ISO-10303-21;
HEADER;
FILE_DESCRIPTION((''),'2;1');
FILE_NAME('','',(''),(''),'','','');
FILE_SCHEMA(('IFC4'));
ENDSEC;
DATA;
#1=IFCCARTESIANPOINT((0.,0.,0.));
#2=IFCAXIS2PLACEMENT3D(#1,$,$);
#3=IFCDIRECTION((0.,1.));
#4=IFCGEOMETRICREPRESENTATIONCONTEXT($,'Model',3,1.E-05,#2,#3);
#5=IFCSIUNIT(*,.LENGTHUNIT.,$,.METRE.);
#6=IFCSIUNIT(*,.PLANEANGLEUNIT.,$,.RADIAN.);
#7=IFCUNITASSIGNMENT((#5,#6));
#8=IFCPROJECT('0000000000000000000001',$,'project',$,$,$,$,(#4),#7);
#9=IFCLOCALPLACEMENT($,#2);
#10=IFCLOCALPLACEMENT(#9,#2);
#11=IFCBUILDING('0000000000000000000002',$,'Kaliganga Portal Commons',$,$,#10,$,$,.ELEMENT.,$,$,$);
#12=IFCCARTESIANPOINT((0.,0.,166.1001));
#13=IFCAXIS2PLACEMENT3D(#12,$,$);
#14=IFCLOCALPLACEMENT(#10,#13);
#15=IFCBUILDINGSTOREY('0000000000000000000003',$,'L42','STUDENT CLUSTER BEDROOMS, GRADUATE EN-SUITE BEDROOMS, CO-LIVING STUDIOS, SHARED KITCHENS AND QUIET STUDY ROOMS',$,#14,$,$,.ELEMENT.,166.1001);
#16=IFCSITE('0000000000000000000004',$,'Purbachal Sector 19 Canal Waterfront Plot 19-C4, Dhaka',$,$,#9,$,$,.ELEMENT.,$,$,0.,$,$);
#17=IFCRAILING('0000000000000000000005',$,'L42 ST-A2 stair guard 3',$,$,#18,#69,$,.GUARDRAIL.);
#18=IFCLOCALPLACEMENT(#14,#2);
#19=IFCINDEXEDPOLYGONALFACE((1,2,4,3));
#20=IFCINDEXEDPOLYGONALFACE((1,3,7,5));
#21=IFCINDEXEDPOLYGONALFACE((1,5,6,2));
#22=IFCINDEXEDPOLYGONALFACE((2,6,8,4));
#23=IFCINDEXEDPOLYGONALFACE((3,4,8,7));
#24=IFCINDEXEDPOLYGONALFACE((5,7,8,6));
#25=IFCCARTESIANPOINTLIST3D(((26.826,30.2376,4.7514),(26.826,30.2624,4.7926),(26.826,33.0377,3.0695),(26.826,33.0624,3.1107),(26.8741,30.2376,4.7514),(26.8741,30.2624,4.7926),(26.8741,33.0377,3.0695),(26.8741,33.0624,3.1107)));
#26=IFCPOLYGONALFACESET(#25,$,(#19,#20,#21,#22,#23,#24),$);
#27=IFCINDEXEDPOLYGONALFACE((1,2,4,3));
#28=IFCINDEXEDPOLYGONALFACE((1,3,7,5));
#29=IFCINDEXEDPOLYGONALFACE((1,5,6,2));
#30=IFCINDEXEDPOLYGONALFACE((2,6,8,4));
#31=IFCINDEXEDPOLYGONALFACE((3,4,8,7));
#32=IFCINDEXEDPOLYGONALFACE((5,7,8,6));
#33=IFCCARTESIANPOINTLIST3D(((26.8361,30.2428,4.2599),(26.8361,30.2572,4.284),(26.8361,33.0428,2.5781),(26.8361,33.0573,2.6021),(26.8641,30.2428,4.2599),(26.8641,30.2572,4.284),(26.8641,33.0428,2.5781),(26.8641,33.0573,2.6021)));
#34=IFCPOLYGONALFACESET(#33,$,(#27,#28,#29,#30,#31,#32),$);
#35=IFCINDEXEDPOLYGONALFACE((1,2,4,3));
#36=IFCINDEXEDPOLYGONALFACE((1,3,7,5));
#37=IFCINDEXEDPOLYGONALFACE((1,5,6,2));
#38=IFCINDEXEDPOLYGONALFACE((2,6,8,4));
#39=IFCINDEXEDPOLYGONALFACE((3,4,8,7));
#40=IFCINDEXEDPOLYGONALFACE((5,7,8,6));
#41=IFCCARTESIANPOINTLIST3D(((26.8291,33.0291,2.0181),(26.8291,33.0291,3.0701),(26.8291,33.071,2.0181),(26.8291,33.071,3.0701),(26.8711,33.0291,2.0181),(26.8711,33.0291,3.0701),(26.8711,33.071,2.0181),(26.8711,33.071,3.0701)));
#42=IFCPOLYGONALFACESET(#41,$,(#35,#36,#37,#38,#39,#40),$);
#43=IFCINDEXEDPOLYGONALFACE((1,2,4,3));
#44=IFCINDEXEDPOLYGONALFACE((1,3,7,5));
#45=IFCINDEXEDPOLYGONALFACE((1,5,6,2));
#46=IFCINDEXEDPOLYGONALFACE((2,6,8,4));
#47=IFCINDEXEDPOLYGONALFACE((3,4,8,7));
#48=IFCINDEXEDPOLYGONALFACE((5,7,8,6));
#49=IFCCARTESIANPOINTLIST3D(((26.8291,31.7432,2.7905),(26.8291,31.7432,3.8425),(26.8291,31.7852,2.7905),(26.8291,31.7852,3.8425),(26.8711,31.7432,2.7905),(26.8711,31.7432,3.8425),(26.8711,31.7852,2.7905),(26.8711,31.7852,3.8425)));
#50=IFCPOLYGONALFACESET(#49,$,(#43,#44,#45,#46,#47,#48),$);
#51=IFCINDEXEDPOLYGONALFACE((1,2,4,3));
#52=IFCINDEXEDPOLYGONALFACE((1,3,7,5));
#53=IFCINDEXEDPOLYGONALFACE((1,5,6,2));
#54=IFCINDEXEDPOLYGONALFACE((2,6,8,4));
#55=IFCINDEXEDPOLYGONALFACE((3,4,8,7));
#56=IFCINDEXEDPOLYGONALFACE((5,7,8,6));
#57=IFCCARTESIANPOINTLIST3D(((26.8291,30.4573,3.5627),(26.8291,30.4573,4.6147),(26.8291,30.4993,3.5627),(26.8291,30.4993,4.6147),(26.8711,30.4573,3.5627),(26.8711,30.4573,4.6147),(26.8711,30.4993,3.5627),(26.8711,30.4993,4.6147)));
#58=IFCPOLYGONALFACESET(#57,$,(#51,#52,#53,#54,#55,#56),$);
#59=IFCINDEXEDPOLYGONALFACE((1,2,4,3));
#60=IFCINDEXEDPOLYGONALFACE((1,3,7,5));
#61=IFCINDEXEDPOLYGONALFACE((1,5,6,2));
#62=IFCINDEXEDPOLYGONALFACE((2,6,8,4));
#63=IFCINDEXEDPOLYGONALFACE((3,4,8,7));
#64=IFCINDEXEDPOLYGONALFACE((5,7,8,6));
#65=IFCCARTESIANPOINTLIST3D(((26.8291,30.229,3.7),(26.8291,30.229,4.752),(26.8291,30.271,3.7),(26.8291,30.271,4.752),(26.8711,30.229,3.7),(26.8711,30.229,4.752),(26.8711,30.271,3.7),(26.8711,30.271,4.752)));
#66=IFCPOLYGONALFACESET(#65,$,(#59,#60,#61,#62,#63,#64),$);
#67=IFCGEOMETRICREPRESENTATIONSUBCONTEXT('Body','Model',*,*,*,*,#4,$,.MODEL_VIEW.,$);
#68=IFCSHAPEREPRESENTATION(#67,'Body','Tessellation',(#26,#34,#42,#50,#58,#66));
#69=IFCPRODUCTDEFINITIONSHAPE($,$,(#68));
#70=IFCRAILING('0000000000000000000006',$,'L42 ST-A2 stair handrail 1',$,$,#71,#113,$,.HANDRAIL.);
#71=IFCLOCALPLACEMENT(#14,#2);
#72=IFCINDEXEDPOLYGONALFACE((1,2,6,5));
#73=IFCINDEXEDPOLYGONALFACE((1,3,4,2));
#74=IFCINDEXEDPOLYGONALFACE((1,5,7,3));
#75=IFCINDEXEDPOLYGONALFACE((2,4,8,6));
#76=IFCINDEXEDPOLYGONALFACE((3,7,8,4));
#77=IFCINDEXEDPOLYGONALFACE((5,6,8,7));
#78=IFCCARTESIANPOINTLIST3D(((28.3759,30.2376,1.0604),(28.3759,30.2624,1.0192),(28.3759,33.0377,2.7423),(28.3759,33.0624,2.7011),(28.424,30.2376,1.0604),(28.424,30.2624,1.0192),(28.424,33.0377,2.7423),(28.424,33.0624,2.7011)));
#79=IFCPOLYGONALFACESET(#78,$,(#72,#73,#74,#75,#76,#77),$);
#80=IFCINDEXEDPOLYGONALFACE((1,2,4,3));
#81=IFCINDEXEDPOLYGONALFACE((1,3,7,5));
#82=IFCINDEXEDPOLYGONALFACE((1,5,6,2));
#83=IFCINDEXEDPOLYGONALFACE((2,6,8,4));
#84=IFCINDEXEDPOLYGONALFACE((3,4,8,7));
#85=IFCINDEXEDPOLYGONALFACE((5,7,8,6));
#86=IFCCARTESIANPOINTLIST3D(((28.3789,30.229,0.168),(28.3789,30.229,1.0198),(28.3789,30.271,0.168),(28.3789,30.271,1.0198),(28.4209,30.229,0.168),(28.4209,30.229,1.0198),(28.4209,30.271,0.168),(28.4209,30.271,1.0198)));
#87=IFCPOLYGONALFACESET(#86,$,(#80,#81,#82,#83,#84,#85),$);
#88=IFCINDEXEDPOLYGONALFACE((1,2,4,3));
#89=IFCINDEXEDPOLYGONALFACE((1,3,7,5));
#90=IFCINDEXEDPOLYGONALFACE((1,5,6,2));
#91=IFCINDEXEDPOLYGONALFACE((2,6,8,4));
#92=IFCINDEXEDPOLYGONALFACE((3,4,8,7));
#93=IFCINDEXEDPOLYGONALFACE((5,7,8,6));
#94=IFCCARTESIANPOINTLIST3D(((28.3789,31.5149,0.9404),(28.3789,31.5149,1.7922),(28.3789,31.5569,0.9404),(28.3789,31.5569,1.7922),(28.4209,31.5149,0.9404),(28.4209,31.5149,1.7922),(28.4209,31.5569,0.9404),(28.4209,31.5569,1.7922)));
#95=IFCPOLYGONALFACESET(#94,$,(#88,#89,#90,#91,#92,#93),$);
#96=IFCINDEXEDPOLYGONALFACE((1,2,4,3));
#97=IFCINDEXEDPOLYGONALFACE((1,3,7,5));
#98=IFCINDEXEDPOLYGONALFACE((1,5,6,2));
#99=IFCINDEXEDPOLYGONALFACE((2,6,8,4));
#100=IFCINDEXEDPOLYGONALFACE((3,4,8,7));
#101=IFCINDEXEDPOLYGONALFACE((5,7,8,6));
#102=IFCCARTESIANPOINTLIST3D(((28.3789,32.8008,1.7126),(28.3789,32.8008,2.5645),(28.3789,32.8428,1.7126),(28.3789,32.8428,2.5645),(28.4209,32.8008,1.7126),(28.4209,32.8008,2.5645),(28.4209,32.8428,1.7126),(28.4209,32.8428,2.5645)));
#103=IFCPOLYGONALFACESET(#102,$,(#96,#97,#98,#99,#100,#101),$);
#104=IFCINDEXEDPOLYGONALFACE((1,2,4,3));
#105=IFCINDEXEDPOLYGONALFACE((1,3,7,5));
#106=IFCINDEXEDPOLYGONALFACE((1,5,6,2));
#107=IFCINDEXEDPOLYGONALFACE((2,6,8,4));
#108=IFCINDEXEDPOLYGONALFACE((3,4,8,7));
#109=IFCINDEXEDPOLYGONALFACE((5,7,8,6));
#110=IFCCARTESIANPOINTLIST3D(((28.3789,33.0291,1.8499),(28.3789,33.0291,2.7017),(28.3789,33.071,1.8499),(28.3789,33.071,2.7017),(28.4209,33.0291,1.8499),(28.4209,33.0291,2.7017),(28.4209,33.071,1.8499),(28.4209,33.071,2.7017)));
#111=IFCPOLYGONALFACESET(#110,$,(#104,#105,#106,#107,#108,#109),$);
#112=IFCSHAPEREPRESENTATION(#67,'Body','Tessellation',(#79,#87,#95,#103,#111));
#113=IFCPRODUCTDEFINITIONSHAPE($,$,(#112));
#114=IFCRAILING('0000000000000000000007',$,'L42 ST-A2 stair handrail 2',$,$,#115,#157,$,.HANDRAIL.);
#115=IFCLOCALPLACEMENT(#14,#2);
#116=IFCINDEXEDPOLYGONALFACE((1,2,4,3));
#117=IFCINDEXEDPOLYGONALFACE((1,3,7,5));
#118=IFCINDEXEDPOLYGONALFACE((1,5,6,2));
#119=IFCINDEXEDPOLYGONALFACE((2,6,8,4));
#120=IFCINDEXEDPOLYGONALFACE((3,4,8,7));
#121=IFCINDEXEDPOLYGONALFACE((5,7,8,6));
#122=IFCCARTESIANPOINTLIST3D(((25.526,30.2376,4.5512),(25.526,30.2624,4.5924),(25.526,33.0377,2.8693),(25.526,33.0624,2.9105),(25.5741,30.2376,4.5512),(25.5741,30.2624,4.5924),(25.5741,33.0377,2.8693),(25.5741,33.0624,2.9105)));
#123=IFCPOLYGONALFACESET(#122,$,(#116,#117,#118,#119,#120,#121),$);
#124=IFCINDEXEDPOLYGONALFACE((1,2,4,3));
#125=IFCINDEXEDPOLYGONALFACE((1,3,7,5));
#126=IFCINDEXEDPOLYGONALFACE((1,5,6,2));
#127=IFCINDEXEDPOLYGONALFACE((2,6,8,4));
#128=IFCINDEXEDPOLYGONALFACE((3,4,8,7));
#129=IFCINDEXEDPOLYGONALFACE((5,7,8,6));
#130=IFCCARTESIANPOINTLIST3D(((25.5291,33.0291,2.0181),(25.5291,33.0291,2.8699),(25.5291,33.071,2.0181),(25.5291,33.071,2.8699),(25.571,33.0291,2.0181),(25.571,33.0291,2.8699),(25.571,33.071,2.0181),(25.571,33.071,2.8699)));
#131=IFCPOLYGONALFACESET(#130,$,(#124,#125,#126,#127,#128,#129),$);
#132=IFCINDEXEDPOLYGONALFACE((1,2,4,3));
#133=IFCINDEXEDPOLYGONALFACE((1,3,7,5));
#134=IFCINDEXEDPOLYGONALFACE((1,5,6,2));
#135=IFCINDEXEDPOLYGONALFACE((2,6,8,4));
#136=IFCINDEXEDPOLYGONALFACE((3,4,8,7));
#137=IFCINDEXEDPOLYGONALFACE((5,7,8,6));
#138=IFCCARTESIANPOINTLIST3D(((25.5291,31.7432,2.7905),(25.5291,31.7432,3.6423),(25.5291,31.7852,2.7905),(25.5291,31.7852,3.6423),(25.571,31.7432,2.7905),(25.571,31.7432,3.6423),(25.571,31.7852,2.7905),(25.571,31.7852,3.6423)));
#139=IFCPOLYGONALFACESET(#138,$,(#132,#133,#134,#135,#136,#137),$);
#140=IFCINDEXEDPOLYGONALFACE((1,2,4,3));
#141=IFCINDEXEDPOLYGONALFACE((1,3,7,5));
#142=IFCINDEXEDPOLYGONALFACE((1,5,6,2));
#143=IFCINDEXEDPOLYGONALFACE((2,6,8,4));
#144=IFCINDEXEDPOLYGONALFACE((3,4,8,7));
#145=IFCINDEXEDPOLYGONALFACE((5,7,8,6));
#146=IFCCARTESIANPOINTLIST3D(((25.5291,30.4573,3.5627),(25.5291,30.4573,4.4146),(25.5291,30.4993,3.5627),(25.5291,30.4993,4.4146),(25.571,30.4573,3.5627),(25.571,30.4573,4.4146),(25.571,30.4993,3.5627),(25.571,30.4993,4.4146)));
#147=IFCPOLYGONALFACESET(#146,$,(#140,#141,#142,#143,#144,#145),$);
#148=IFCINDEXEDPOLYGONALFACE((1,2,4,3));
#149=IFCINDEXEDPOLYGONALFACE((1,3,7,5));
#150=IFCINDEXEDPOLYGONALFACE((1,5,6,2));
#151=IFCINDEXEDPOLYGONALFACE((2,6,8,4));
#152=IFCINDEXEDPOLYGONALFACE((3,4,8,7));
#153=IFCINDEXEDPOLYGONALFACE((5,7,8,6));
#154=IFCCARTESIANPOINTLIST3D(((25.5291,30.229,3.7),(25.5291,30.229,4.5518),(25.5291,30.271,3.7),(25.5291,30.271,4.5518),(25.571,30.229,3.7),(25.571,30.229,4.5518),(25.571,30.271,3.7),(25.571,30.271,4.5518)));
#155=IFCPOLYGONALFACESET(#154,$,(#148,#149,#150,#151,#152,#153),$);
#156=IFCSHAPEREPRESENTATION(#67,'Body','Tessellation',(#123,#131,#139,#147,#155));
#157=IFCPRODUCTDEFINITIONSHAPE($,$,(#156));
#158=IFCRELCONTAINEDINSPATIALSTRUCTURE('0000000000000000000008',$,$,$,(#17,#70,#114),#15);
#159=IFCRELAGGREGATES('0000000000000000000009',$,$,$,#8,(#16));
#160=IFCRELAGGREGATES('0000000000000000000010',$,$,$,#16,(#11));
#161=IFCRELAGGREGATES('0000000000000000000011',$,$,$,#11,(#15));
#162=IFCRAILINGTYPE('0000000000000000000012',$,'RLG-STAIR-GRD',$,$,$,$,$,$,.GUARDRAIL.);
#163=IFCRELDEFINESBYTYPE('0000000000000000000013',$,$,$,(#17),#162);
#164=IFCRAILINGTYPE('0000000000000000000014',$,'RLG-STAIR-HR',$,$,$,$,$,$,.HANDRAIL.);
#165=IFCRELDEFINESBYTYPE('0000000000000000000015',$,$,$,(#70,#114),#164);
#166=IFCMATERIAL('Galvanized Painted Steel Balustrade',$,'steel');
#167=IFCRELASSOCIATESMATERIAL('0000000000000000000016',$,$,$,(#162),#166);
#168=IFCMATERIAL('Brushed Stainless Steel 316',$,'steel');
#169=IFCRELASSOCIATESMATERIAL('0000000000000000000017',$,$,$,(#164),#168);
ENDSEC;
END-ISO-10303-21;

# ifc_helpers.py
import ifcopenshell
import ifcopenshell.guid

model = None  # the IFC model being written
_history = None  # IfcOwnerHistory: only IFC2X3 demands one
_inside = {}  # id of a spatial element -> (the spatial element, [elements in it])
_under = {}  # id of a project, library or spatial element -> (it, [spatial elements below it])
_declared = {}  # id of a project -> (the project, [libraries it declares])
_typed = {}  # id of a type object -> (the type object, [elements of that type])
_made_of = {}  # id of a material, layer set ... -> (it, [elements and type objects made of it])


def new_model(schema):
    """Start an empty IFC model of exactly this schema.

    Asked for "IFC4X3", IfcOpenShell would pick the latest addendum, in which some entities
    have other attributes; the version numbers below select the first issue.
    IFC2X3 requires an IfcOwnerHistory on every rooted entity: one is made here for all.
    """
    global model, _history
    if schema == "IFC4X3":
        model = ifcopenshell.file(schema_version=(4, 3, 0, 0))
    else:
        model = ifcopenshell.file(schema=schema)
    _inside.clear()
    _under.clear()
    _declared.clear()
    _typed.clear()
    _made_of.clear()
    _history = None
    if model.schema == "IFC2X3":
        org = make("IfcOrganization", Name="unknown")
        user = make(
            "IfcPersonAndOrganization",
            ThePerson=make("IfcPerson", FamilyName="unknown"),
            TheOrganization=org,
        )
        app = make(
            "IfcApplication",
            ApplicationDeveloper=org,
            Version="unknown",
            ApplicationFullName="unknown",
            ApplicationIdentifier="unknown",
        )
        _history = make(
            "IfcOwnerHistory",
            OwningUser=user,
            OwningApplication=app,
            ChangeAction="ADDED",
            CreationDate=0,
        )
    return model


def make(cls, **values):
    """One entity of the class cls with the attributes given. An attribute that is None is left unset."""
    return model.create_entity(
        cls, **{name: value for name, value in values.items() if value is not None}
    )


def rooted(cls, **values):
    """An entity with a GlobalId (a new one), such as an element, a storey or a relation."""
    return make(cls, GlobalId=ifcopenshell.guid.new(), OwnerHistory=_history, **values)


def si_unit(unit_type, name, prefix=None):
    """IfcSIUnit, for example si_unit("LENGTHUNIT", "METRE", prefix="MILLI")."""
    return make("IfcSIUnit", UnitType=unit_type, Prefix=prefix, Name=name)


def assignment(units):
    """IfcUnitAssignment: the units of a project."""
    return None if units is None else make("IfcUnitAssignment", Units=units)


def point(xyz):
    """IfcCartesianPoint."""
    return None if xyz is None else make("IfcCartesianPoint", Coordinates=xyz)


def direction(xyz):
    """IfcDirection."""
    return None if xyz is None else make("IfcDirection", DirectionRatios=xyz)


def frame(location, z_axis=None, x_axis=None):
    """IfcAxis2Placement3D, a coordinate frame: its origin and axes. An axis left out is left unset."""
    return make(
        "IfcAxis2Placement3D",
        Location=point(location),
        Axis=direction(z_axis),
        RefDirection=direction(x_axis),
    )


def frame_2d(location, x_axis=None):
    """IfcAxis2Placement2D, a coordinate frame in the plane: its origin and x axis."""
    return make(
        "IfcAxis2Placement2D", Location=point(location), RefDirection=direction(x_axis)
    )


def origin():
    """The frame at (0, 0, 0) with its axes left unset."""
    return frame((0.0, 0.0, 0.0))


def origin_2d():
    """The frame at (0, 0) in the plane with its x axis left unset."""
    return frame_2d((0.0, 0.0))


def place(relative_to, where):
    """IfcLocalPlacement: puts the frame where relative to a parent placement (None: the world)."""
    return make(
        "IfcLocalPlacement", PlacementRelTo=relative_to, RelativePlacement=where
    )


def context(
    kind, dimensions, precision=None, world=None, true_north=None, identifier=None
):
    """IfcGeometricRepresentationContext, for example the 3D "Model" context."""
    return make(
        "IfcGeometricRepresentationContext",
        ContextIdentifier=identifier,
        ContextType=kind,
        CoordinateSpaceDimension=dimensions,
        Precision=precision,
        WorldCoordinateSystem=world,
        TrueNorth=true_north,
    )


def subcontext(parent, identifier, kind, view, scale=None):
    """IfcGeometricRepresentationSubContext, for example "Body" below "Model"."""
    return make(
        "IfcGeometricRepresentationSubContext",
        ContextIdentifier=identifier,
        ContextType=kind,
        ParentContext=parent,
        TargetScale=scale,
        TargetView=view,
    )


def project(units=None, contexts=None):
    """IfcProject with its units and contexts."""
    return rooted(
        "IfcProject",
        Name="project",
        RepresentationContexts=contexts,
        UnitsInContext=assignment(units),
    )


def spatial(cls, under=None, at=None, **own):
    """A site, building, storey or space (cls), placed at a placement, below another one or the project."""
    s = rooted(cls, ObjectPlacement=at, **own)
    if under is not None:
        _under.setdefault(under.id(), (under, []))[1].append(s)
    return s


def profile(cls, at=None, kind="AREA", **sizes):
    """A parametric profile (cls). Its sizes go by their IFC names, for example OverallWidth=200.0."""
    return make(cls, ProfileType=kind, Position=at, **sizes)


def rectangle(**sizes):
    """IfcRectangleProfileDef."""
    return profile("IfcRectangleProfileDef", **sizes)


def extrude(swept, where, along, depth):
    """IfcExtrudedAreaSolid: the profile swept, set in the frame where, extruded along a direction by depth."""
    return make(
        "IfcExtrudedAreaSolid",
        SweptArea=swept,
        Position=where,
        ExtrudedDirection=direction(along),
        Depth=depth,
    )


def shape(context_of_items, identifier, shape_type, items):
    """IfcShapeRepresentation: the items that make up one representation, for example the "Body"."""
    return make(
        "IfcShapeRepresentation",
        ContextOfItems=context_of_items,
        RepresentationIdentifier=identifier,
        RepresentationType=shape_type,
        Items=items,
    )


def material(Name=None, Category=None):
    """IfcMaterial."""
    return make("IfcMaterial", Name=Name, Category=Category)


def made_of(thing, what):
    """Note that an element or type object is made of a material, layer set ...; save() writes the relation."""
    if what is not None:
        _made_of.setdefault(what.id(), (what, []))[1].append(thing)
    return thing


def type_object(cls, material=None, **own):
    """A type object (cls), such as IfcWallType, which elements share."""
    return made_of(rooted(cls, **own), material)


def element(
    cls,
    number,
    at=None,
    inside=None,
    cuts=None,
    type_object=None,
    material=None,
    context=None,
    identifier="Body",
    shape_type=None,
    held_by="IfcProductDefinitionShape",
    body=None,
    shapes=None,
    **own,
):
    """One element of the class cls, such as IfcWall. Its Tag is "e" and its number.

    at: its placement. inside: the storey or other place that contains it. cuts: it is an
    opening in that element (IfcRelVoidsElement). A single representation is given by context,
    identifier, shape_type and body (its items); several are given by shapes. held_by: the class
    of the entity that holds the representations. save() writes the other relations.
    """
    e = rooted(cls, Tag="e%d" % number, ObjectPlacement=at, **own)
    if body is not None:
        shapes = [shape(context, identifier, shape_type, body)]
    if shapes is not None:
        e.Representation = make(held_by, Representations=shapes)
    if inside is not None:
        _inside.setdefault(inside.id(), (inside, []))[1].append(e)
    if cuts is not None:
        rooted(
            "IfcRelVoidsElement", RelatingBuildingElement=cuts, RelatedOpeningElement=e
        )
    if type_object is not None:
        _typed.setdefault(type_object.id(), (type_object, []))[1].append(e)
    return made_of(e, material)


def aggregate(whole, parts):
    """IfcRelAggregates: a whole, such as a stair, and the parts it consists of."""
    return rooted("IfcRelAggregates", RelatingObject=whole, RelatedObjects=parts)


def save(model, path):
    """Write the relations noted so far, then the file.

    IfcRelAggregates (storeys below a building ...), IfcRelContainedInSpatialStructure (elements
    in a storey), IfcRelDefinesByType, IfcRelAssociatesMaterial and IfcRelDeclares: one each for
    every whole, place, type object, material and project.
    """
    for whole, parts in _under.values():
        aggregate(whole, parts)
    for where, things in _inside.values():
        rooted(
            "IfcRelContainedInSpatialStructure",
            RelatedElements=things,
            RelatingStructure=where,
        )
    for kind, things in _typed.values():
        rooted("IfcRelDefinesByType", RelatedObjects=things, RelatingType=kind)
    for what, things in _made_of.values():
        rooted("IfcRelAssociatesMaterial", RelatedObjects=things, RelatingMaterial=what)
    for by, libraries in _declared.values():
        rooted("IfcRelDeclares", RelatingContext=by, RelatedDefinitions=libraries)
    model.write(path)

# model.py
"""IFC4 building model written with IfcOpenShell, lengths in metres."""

from ifc_helpers import new_model, si_unit, direction, frame, origin, origin_2d, place, context, subcontext, project, spatial, rectangle, extrude, material, type_object, element, save


model = new_model("IFC4")

# Units and contexts
model_context = context("Model", 3, precision=1e-05, world=origin(), true_north=direction((0.0, 1.0)))
body_context = subcontext(model_context, "Body", "Model", "MODEL_VIEW")
ifc_project = project(units=[si_unit("LENGTHUNIT", "METRE"), si_unit("PLANEANGLEUNIT", "RADIAN")], contexts=[model_context])

# Site, building, storey
site_placement = place(None, origin())
site = spatial("IfcSite", under=ifc_project, at=site_placement, Name="Purbachal Sector 19 Canal Waterfront Plot 19-C4, Dhaka", CompositionType="ELEMENT", RefElevation=0.0)
building_placement = place(site_placement, origin())
building = spatial("IfcBuilding", under=site, at=building_placement, Name="Kaliganga Portal Commons", CompositionType="ELEMENT")
storey_placement = place(building_placement, frame((0.0, 0.0, 166.1001)))
storey = spatial("IfcBuildingStorey", under=building, at=storey_placement, Name="L42", Description="STUDENT CLUSTER BEDROOMS, GRADUATE EN-SUITE BEDROOMS, CO-LIVING STUDIOS, SHARED KITCHENS AND QUIET STUDY ROOMS", CompositionType="ELEMENT", Elevation=166.1001)

# Railings
ifc_material_1 = material(Name="Galvanized Painted Steel Balustrade", Category="steel")
railing_type_1 = type_object("IfcRailingType", Name="RLG-STAIR-GRD", PredefinedType="GUARDRAIL", material=ifc_material_1)
railing_1_placement = place(storey_placement, frame((26.8501, 33.05, 2.0181)))
element("IfcRailing", 1, at=railing_1_placement, inside=storey, type_object=railing_type_1, Name="L42 ST-A2 stair guard 3", PredefinedType="GUARDRAIL", context=body_context, shape_type="SweptSolid", body=[
    extrude(rectangle(XDim=0.0481, YDim=0.0481, at=origin_2d()), frame((0.0, 0.0, 1.072), z_axis=(0.0, -0.857242, 0.514913), x_axis=(1.0, 0.0, 0.0)), (0.0, 0.0, 1.0), 3.2664),
    extrude(rectangle(XDim=0.0281, YDim=0.0281, at=origin_2d()), frame((0.0, 0.0, 0.572), z_axis=(0.0, -0.857242, 0.514913), x_axis=(1.0, 0.0, 0.0)), (0.0, 0.0, 1.0), 3.2664),
    extrude(rectangle(XDim=0.042, YDim=0.042, at=origin_2d()), origin(), (0.0, 0.0, 1.0), 1.052),
    extrude(rectangle(XDim=0.042, YDim=0.042, at=origin_2d()), frame((0.0, -1.2859, 0.7725)), (0.0, 0.0, 1.0), 1.052),
    extrude(rectangle(XDim=0.042, YDim=0.042, at=origin_2d()), frame((0.0, -2.5718, 1.5447)), (0.0, 0.0, 1.0), 1.052),
    extrude(rectangle(XDim=0.042, YDim=0.042, at=origin_2d()), frame((0.0, -2.8, 1.6819)), (0.0, 0.0, 1.0), 1.052),
])
ifc_material_2 = material(Name="Brushed Stainless Steel 316", Category="steel")
railing_type_2 = type_object("IfcRailingType", Name="RLG-STAIR-HR", PredefinedType="HANDRAIL", material=ifc_material_2)
railing_2_placement = place(storey_placement, frame((28.3999, 30.25, 0.168)))
element("IfcRailing", 2, at=railing_2_placement, inside=storey, type_object=railing_type_2, Name="L42 ST-A2 stair handrail 1", PredefinedType="HANDRAIL", context=body_context, shape_type="SweptSolid", body=[
    extrude(rectangle(XDim=0.0481, YDim=0.0481, at=origin_2d()), frame((0.0, 0.0, 0.8718), z_axis=(0.0, 0.857242, 0.514913), x_axis=(-1.0, 0.0, 0.0)), (0.0, 0.0, 1.0), 3.2664),
    extrude(rectangle(XDim=0.042, YDim=0.042, at=origin_2d()), origin(), (0.0, 0.0, 1.0), 0.8518),
    extrude(rectangle(XDim=0.042, YDim=0.042, at=origin_2d()), frame((0.0, 1.2859, 0.7725)), (0.0, 0.0, 1.0), 0.8518),
    extrude(rectangle(XDim=0.042, YDim=0.042, at=origin_2d()), frame((0.0, 2.5718, 1.5447)), (0.0, 0.0, 1.0), 0.8518),
    extrude(rectangle(XDim=0.042, YDim=0.042, at=origin_2d()), frame((0.0, 2.8, 1.6819)), (0.0, 0.0, 1.0), 0.8518),
])
railing_3_placement = place(storey_placement, frame((25.55, 33.05, 2.0181)))
element("IfcRailing", 3, at=railing_3_placement, inside=storey, type_object=railing_type_2, Name="L42 ST-A2 stair handrail 2", PredefinedType="HANDRAIL", context=body_context, shape_type="SweptSolid", body=[
    extrude(rectangle(XDim=0.0481, YDim=0.0481, at=origin_2d()), frame((0.0, 0.0, 0.8718), z_axis=(0.0, -0.857242, 0.514913), x_axis=(1.0, 0.0, 0.0)), (0.0, 0.0, 1.0), 3.2664),
    extrude(rectangle(XDim=0.042, YDim=0.042, at=origin_2d()), origin(), (0.0, 0.0, 1.0), 0.8518),
    extrude(rectangle(XDim=0.042, YDim=0.042, at=origin_2d()), frame((0.0, -1.2859, 0.7725)), (0.0, 0.0, 1.0), 0.8518),
    extrude(rectangle(XDim=0.042, YDim=0.042, at=origin_2d()), frame((0.0, -2.5718, 1.5447)), (0.0, 0.0, 1.0), 0.8518),
    extrude(rectangle(XDim=0.042, YDim=0.042, at=origin_2d()), frame((0.0, -2.8, 1.6819)), (0.0, 0.0, 1.0), 0.8518),
])

save(model, "model.ifc")
